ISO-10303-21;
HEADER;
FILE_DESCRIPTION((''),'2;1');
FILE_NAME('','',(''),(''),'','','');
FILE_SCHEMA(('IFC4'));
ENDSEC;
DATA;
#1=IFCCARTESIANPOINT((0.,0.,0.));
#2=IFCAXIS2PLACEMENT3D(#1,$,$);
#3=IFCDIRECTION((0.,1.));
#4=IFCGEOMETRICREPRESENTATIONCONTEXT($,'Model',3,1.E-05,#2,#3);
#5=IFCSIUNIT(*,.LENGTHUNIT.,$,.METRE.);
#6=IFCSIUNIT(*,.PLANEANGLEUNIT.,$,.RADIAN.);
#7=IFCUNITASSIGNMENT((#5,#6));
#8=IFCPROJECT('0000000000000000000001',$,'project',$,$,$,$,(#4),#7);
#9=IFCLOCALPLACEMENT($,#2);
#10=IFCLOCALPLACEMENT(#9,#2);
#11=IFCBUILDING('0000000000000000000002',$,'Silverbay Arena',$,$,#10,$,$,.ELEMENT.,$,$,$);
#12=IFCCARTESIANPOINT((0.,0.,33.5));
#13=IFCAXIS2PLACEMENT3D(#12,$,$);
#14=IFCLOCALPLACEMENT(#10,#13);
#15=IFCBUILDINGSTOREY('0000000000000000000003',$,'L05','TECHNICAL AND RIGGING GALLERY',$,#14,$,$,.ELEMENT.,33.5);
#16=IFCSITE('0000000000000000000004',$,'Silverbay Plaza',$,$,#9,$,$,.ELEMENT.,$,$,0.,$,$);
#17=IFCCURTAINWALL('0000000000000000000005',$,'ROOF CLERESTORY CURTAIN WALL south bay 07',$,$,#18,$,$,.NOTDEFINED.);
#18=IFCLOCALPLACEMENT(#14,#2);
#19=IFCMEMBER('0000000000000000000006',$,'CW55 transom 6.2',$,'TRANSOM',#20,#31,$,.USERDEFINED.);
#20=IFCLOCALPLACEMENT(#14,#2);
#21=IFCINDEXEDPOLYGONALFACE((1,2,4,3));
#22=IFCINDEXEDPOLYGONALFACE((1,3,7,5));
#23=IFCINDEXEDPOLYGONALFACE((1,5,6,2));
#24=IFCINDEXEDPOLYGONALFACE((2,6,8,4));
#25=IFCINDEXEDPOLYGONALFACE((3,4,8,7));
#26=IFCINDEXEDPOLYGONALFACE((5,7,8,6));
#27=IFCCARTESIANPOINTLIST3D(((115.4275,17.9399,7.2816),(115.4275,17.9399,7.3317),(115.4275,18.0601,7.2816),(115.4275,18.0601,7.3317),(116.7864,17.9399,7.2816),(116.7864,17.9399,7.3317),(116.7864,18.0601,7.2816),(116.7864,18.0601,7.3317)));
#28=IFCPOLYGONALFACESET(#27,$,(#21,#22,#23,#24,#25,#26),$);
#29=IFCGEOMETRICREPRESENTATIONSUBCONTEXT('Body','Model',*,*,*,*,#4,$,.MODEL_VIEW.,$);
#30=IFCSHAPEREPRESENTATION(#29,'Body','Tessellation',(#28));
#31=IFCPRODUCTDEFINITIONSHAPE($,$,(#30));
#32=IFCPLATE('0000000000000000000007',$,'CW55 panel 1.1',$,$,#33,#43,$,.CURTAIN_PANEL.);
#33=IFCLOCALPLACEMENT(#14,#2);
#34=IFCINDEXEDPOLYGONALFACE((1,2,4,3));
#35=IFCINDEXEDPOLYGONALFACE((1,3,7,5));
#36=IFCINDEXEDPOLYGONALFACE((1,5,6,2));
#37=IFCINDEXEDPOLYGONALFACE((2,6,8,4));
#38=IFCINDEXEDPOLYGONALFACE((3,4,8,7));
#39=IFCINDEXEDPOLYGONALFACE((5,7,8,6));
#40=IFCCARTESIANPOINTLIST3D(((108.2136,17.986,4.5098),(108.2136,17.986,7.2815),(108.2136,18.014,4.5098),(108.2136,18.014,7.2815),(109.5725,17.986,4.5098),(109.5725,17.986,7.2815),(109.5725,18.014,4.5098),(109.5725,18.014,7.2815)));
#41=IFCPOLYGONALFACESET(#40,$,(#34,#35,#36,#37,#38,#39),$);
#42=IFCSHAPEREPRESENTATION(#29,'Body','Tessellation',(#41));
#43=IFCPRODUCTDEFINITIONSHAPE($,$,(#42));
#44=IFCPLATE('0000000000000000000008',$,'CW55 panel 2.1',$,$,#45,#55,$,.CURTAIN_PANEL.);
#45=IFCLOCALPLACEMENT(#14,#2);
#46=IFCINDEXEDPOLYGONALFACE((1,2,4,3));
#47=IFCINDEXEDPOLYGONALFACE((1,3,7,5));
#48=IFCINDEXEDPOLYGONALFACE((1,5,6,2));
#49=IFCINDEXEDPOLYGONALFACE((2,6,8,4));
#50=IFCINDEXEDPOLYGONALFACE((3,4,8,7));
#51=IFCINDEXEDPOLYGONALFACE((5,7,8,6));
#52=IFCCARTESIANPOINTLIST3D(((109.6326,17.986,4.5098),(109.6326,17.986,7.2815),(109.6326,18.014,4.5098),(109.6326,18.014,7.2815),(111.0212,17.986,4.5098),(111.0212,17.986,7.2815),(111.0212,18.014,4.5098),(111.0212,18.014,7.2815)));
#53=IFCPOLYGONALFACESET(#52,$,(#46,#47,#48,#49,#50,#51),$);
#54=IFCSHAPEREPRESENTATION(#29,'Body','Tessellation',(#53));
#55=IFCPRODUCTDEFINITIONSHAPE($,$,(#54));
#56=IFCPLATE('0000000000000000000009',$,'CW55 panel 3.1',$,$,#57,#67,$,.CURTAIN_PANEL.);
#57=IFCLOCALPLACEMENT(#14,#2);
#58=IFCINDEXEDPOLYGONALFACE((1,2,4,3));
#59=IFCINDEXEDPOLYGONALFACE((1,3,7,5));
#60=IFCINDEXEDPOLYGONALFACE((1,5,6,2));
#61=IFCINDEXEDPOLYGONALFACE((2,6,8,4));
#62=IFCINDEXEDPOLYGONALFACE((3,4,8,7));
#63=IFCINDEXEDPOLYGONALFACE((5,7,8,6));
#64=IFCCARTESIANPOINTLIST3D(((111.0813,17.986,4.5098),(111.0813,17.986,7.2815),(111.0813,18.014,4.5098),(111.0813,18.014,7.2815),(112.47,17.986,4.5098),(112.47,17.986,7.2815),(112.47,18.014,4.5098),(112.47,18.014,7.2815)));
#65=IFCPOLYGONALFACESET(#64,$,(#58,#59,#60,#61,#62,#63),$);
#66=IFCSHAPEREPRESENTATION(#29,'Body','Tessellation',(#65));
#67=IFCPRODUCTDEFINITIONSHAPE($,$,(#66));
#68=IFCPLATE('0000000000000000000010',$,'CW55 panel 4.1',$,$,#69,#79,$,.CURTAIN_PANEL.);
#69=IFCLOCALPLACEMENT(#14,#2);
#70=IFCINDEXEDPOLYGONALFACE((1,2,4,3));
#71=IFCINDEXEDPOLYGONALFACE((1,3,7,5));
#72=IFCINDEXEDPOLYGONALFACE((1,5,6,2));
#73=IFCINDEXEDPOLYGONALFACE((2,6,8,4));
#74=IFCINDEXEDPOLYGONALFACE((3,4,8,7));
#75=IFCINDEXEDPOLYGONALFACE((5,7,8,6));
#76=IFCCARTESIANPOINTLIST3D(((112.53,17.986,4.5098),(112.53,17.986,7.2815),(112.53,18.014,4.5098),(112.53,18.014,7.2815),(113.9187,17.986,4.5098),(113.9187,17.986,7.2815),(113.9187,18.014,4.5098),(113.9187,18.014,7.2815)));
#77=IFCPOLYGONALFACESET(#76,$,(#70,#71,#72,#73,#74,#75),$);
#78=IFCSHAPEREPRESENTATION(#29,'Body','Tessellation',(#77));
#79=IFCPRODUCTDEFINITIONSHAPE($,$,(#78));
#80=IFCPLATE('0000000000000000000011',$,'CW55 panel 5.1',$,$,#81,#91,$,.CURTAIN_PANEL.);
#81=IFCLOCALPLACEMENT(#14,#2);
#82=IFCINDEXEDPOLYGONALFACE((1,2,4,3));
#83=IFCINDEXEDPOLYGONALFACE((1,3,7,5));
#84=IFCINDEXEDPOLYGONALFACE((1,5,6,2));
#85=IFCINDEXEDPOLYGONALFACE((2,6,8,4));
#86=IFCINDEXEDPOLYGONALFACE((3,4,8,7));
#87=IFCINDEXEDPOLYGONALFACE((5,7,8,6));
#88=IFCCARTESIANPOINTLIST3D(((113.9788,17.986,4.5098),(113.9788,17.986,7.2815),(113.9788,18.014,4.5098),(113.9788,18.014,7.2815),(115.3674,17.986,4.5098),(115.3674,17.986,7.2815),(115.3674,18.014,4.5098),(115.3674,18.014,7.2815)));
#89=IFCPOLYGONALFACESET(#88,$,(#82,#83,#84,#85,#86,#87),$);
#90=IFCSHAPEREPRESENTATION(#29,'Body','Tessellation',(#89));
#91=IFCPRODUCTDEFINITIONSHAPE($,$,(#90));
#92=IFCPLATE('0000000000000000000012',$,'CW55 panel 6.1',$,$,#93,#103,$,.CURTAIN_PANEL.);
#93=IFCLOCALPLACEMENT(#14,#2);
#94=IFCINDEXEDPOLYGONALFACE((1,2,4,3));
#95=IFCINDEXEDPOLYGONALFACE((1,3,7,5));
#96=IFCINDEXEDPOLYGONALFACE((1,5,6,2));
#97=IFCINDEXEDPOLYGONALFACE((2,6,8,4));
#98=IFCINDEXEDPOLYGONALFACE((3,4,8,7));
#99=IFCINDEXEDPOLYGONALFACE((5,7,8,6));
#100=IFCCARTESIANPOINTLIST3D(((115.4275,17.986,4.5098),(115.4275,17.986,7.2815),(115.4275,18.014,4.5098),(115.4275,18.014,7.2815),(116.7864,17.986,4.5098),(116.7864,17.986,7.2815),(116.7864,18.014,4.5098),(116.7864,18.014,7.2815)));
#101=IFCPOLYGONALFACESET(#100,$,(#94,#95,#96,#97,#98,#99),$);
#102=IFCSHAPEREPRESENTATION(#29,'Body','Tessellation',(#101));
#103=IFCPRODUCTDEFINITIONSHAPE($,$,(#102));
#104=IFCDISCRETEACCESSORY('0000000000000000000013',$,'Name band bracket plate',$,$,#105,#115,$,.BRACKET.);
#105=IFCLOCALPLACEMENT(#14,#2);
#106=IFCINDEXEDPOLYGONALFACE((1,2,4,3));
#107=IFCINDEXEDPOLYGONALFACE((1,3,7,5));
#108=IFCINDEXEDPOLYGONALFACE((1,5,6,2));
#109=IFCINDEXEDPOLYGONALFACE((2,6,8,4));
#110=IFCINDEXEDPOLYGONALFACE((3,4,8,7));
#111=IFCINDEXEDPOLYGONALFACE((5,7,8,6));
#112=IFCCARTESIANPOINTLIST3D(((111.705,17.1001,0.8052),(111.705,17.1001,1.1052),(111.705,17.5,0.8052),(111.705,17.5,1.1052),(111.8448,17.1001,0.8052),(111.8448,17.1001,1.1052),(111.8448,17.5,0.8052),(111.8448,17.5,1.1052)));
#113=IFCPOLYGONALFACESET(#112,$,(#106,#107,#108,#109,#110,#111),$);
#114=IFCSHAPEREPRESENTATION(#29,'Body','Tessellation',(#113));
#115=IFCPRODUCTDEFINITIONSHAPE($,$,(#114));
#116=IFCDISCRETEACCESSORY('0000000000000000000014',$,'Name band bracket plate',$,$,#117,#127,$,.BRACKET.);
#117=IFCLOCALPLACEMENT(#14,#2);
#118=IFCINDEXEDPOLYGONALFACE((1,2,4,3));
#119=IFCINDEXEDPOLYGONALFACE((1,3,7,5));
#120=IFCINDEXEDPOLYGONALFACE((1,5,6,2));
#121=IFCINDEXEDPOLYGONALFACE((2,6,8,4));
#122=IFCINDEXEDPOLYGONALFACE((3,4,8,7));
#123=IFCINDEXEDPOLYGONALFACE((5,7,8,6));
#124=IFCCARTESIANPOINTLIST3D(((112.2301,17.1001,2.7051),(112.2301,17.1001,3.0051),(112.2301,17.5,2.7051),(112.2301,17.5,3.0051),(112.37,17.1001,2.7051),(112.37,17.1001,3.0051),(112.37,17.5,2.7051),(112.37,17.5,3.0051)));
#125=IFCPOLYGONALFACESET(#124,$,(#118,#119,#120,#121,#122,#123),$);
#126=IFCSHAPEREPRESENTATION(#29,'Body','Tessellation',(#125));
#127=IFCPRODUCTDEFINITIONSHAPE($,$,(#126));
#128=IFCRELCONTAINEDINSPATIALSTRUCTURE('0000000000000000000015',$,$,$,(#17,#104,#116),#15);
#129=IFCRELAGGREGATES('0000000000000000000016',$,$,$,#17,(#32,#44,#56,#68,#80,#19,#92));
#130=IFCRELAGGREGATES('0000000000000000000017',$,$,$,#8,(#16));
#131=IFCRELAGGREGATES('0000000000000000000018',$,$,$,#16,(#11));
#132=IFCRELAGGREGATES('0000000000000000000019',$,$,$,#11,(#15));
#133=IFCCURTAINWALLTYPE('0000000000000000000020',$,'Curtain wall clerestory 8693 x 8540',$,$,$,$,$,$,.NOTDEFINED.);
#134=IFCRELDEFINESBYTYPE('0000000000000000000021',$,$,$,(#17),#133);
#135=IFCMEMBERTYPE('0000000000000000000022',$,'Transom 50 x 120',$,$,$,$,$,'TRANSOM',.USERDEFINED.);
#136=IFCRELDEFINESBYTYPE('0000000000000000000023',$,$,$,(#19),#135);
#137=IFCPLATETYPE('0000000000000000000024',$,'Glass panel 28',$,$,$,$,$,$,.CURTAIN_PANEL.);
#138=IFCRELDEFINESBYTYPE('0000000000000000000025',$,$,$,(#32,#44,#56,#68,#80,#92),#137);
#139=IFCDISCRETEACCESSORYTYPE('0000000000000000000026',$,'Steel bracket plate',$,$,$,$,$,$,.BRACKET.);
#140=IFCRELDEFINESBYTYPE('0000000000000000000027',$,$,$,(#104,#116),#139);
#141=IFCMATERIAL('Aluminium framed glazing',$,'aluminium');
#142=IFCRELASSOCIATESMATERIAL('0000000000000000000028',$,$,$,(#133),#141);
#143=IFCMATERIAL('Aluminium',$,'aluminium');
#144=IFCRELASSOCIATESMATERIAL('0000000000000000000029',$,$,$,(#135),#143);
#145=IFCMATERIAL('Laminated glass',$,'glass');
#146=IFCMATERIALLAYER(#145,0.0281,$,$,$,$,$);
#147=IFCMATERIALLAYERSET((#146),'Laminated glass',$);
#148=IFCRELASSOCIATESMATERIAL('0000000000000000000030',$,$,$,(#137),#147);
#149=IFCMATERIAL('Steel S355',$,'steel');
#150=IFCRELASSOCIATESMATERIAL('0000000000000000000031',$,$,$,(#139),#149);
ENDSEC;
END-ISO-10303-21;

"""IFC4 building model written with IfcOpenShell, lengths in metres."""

from ifc_helpers import new_model, si_unit, direction, frame, origin, origin_2d, place, context, subcontext, project, spatial, rectangle, extrude, material, layer, layer_set, material_profile, profile_set, type_object, element, aggregate, save


model = new_model("IFC4")

# Units and contexts
model_context = context("Model", 3, precision=1e-05, world=origin(), true_north=direction((0.0, 1.0)))
body_context = subcontext(model_context, "Body", "Model", "MODEL_VIEW")
ifc_project = project(units=[si_unit("LENGTHUNIT", "METRE"), si_unit("PLANEANGLEUNIT", "RADIAN")], contexts=[model_context])

# Site, building, storey
site_placement = place(None, origin())
site = spatial("IfcSite", under=ifc_project, at=site_placement, Name="Silverbay Plaza", CompositionType="ELEMENT", RefElevation=0.0)
building_placement = place(site_placement, origin())
building = spatial("IfcBuilding", under=site, at=building_placement, Name="Silverbay Arena", CompositionType="ELEMENT")
storey_placement = place(building_placement, frame((0.0, 0.0, 33.5)))
storey = spatial("IfcBuildingStorey", under=building, at=storey_placement, Name="L05", Description="TECHNICAL AND RIGGING GALLERY", CompositionType="ELEMENT", Elevation=33.5)

# Curtain wall
ifc_material_1 = material(Name="Aluminium framed glazing", Category="aluminium")
curtain_wall_type = type_object("IfcCurtainWallType", Name="Curtain wall clerestory 8693 x 8540", PredefinedType="NOTDEFINED", material=ifc_material_1)
curtain_wall_placement = place(storey_placement, origin())
curtain_wall = element("IfcCurtainWall", 1, at=curtain_wall_placement, inside=storey, type_object=curtain_wall_type, Name="ROOF CLERESTORY CURTAIN WALL south bay 07", PredefinedType="NOTDEFINED")

# Member
ifc_material_2 = material(Name="Aluminium", Category="aluminium")
ifc_material_profile_1 = material_profile(ifc_material_2, rectangle(XDim=0.1201, YDim=0.05, at=origin_2d()), Name="Transom 50 x 120")
ifc_profile_set_1 = profile_set([ifc_material_profile_1], Name="Aluminium")
member_type_1 = type_object("IfcMemberType", Name="Transom 50 x 120", ElementType="TRANSOM", PredefinedType="USERDEFINED", material=ifc_profile_set_1)
member_1_placement = place(storey_placement, frame((115.4275, 18.0, 7.3066), z_axis=(1.0, 0.0, 0.0), x_axis=(0.0, 1.0, 0.0)))
member_1 = element("IfcMember", 2, at=member_1_placement, type_object=member_type_1, Name="CW55 transom 6.2", ObjectType="TRANSOM", PredefinedType="USERDEFINED", context=body_context, shape_type="SweptSolid", body=[
    extrude(rectangle(XDim=0.1201, YDim=0.05, at=origin_2d()), origin(), (0.0, 0.0, 1.0), 1.3589),
])

# Plates
ifc_material_3 = material(Name="Laminated glass", Category="glass")
ifc_layer = layer(ifc_material_3, 0.0281)
ifc_layer_set = layer_set([ifc_layer], Name="Laminated glass")
plate_type = type_object("IfcPlateType", Name="Glass panel 28", PredefinedType="CURTAIN_PANEL", material=ifc_layer_set)
plate_1_placement = place(storey_placement, frame((108.8931, 18.0, 4.5098), z_axis=(0.0, 0.0, 1.0), x_axis=(1.0, 0.0, 0.0)))
plate_1 = element("IfcPlate", 3, at=plate_1_placement, type_object=plate_type, Name="CW55 panel 1.1", PredefinedType="CURTAIN_PANEL", context=body_context, shape_type="SweptSolid", body=[
    extrude(rectangle(XDim=1.3589, YDim=0.0281, at=origin_2d()), origin(), (0.0, 0.0, 1.0), 2.7717),
])
plate_2_placement = place(storey_placement, frame((110.3269, 18.0, 4.5098), z_axis=(0.0, 0.0, 1.0), x_axis=(1.0, 0.0, 0.0)))
plate_2 = element("IfcPlate", 4, at=plate_2_placement, type_object=plate_type, Name="CW55 panel 2.1", PredefinedType="CURTAIN_PANEL", context=body_context, shape_type="SweptSolid", body=[
    extrude(rectangle(XDim=1.3887, YDim=0.0281, at=origin_2d()), origin(), (0.0, 0.0, 1.0), 2.7717),
])
plate_3_placement = place(storey_placement, frame((111.7756, 18.0, 4.5098), z_axis=(0.0, 0.0, 1.0), x_axis=(1.0, 0.0, 0.0)))
plate_3 = element("IfcPlate", 5, at=plate_3_placement, type_object=plate_type, Name="CW55 panel 3.1", PredefinedType="CURTAIN_PANEL", context=body_context, shape_type="SweptSolid", body=[
    extrude(rectangle(XDim=1.3887, YDim=0.0281, at=origin_2d()), origin(), (0.0, 0.0, 1.0), 2.7717),
])
plate_4_placement = place(storey_placement, frame((113.2244, 18.0, 4.5098), z_axis=(0.0, 0.0, 1.0), x_axis=(1.0, 0.0, 0.0)))
plate_4 = element("IfcPlate", 6, at=plate_4_placement, type_object=plate_type, Name="CW55 panel 4.1", PredefinedType="CURTAIN_PANEL", context=body_context, shape_type="SweptSolid", body=[
    extrude(rectangle(XDim=1.3887, YDim=0.0281, at=origin_2d()), origin(), (0.0, 0.0, 1.0), 2.7717),
])
plate_5_placement = place(storey_placement, frame((114.6731, 18.0, 4.5098), z_axis=(0.0, 0.0, 1.0), x_axis=(1.0, 0.0, 0.0)))
plate_5 = element("IfcPlate", 7, at=plate_5_placement, type_object=plate_type, Name="CW55 panel 5.1", PredefinedType="CURTAIN_PANEL", context=body_context, shape_type="SweptSolid", body=[
    extrude(rectangle(XDim=1.3887, YDim=0.0281, at=origin_2d()), origin(), (0.0, 0.0, 1.0), 2.7717),
])
plate_6_placement = place(storey_placement, frame((116.1069, 18.0, 4.5098), z_axis=(0.0, 0.0, 1.0), x_axis=(1.0, 0.0, 0.0)))
plate_6 = element("IfcPlate", 8, at=plate_6_placement, type_object=plate_type, Name="CW55 panel 6.1", PredefinedType="CURTAIN_PANEL", context=body_context, shape_type="SweptSolid", body=[
    extrude(rectangle(XDim=1.3589, YDim=0.0281, at=origin_2d()), origin(), (0.0, 0.0, 1.0), 2.7717),
])
aggregate(curtain_wall, [plate_1, plate_2, plate_3, plate_4, plate_5, member_1, plate_6])

# Discrete accessories
ifc_material_4 = material(Name="Steel S355", Category="steel")
discrete_accessory_type = type_object("IfcDiscreteAccessoryType", Name="Steel bracket plate", PredefinedType="BRACKET", material=ifc_material_4)
for number, where, z_axis, x_axis, name in (
    (9, (111.7749, 17.3, 0.8052), (0.0, 0.0, 1.0), (1.0, 0.0, 0.0), "Name band bracket plate"),
    (10, (112.3, 17.3, 2.7051), (0.0, 0.0, 1.0), (1.0, 0.0, 0.0), "Name band bracket plate"),
):
    element("IfcDiscreteAccessory", number, at=place(storey_placement, frame(where, z_axis=z_axis, x_axis=x_axis)), inside=storey, type_object=discrete_accessory_type, Name=name, PredefinedType="BRACKET", context=body_context, shape_type="SweptSolid", body=[
        extrude(rectangle(XDim=0.1399, YDim=0.3999, at=origin_2d()), origin(), (0.0, 0.0, 1.0), 0.3),
    ])

save(model, "model.ifc")
